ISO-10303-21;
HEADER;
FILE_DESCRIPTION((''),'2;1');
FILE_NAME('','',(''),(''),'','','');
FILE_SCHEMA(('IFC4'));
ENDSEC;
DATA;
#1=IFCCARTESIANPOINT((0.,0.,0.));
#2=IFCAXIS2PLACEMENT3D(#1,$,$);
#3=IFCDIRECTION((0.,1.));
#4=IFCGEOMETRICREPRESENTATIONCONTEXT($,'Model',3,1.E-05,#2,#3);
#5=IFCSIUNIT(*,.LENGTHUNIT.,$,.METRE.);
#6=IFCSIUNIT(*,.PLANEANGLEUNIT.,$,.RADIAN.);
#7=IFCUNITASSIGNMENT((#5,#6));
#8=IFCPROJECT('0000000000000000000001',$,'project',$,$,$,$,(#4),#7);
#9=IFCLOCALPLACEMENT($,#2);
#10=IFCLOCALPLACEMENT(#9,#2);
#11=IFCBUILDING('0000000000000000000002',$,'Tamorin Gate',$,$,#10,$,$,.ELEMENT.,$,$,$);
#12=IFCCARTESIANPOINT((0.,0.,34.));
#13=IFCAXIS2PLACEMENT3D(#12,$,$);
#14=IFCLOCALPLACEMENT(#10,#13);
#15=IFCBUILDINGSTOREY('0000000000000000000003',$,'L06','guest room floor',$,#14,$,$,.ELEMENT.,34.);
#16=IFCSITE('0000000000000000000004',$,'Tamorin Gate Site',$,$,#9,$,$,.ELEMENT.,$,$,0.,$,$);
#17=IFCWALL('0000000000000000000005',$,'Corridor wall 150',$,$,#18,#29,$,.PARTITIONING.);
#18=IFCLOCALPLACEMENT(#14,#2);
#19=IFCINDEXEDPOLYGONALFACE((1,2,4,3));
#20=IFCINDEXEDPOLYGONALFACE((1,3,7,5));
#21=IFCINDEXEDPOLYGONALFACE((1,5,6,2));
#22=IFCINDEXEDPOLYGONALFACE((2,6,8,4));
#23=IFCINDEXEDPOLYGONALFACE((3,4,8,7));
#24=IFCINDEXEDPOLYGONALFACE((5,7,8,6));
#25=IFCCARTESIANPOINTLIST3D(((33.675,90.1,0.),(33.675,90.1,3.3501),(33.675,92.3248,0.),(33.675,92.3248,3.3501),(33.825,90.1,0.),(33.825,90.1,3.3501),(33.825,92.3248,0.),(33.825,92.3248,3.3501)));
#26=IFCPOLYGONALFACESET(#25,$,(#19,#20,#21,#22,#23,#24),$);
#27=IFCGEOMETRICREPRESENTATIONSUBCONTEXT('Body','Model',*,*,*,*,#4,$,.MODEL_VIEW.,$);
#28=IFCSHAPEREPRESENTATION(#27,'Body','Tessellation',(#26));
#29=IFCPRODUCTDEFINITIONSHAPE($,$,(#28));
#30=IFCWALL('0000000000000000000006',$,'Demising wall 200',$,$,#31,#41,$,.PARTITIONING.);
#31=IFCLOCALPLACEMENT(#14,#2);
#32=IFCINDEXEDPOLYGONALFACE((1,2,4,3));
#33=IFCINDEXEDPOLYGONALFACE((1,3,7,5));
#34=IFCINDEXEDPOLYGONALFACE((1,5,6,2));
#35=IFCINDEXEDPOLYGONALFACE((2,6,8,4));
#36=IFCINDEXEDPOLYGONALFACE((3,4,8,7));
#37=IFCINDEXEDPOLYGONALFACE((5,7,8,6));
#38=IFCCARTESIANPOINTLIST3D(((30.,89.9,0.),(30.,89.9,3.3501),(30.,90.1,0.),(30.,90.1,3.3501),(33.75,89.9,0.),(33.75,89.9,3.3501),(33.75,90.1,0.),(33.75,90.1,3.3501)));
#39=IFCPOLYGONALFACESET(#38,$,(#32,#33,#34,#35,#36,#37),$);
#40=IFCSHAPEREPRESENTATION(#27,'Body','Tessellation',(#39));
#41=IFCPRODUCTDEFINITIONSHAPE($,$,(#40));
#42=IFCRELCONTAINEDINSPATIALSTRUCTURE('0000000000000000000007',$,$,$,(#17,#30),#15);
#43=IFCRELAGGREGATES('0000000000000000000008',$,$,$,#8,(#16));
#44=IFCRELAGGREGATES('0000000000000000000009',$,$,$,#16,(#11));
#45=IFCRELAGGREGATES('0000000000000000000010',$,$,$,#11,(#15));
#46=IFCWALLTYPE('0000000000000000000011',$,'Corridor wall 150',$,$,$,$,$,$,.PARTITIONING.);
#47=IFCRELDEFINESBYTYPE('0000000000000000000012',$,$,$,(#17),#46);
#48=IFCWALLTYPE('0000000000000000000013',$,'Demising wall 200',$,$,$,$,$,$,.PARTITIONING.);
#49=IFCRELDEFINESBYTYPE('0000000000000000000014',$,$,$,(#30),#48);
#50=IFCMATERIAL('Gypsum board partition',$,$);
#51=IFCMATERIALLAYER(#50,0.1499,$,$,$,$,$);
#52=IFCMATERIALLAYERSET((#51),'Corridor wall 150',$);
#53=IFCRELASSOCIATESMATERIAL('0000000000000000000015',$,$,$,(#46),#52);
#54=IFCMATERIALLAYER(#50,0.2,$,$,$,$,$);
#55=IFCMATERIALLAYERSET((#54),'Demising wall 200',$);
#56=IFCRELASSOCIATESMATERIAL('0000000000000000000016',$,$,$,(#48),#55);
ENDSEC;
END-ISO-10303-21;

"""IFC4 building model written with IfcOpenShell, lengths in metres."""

from ifc_helpers import new_model, si_unit, direction, frame, frame_2d, origin, place, context, subcontext, project, spatial, rectangle, extrude, material, layer, layer_set, type_object, element, save


model = new_model("IFC4")

# Units and contexts
model_context = context("Model", 3, precision=1e-05, world=origin(), true_north=direction((0.0, 1.0)))
body_context = subcontext(model_context, "Body", "Model", "MODEL_VIEW")
ifc_project = project(units=[si_unit("LENGTHUNIT", "METRE"), si_unit("PLANEANGLEUNIT", "RADIAN")], contexts=[model_context])

# Site, building, storey
site_placement = place(None, origin())
site = spatial("IfcSite", under=ifc_project, at=site_placement, Name="Tamorin Gate Site", CompositionType="ELEMENT", RefElevation=0.0)
building_placement = place(site_placement, origin())
building = spatial("IfcBuilding", under=site, at=building_placement, Name="Tamorin Gate", CompositionType="ELEMENT")
storey_placement = place(building_placement, frame((0.0, 0.0, 34.0)))
storey = spatial("IfcBuildingStorey", under=building, at=storey_placement, Name="L06", Description="guest room floor", CompositionType="ELEMENT", Elevation=34.0)

# Shared definitions
ifc_material_1 = material(Name="Gypsum board partition")
ifc_layer_1 = layer(ifc_material_1, 0.1499)
ifc_layer_set_1 = layer_set([ifc_layer_1], Name="Corridor wall 150")
wall_type_1 = type_object("IfcWallType", Name="Corridor wall 150", PredefinedType="PARTITIONING", material=ifc_layer_set_1)

# Walls
wall_1_placement = place(storey_placement, frame((33.75, 90.1001, 0.0), z_axis=(0.0, 0.0, 1.0), x_axis=(0.0, 1.0, 0.0)))
element("IfcWall", 1, at=wall_1_placement, inside=storey, type_object=wall_type_1, Name="Corridor wall 150", PredefinedType="PARTITIONING", context=body_context, shape_type="SweptSolid", body=[
    extrude(rectangle(XDim=2.2249, YDim=0.1499, at=frame_2d((1.1123, 0.0))), origin(), (0.0, 0.0, 1.0), 3.3501),
])
ifc_layer_2 = layer(ifc_material_1, 0.2)
ifc_layer_set_2 = layer_set([ifc_layer_2], Name="Demising wall 200")
wall_type_2 = type_object("IfcWallType", Name="Demising wall 200", PredefinedType="PARTITIONING", material=ifc_layer_set_2)
wall_2_placement = place(storey_placement, frame((30.0, 90.0, 0.0), z_axis=(0.0, 0.0, 1.0), x_axis=(1.0, 0.0, 0.0)))
element("IfcWall", 2, at=wall_2_placement, inside=storey, type_object=wall_type_2, Name="Demising wall 200", PredefinedType="PARTITIONING", context=body_context, shape_type="SweptSolid", body=[
    extrude(rectangle(XDim=3.75, YDim=0.2, at=frame_2d((1.875, 0.0))), origin(), (0.0, 0.0, 1.0), 3.3501),
])

save(model, "model.ifc")
